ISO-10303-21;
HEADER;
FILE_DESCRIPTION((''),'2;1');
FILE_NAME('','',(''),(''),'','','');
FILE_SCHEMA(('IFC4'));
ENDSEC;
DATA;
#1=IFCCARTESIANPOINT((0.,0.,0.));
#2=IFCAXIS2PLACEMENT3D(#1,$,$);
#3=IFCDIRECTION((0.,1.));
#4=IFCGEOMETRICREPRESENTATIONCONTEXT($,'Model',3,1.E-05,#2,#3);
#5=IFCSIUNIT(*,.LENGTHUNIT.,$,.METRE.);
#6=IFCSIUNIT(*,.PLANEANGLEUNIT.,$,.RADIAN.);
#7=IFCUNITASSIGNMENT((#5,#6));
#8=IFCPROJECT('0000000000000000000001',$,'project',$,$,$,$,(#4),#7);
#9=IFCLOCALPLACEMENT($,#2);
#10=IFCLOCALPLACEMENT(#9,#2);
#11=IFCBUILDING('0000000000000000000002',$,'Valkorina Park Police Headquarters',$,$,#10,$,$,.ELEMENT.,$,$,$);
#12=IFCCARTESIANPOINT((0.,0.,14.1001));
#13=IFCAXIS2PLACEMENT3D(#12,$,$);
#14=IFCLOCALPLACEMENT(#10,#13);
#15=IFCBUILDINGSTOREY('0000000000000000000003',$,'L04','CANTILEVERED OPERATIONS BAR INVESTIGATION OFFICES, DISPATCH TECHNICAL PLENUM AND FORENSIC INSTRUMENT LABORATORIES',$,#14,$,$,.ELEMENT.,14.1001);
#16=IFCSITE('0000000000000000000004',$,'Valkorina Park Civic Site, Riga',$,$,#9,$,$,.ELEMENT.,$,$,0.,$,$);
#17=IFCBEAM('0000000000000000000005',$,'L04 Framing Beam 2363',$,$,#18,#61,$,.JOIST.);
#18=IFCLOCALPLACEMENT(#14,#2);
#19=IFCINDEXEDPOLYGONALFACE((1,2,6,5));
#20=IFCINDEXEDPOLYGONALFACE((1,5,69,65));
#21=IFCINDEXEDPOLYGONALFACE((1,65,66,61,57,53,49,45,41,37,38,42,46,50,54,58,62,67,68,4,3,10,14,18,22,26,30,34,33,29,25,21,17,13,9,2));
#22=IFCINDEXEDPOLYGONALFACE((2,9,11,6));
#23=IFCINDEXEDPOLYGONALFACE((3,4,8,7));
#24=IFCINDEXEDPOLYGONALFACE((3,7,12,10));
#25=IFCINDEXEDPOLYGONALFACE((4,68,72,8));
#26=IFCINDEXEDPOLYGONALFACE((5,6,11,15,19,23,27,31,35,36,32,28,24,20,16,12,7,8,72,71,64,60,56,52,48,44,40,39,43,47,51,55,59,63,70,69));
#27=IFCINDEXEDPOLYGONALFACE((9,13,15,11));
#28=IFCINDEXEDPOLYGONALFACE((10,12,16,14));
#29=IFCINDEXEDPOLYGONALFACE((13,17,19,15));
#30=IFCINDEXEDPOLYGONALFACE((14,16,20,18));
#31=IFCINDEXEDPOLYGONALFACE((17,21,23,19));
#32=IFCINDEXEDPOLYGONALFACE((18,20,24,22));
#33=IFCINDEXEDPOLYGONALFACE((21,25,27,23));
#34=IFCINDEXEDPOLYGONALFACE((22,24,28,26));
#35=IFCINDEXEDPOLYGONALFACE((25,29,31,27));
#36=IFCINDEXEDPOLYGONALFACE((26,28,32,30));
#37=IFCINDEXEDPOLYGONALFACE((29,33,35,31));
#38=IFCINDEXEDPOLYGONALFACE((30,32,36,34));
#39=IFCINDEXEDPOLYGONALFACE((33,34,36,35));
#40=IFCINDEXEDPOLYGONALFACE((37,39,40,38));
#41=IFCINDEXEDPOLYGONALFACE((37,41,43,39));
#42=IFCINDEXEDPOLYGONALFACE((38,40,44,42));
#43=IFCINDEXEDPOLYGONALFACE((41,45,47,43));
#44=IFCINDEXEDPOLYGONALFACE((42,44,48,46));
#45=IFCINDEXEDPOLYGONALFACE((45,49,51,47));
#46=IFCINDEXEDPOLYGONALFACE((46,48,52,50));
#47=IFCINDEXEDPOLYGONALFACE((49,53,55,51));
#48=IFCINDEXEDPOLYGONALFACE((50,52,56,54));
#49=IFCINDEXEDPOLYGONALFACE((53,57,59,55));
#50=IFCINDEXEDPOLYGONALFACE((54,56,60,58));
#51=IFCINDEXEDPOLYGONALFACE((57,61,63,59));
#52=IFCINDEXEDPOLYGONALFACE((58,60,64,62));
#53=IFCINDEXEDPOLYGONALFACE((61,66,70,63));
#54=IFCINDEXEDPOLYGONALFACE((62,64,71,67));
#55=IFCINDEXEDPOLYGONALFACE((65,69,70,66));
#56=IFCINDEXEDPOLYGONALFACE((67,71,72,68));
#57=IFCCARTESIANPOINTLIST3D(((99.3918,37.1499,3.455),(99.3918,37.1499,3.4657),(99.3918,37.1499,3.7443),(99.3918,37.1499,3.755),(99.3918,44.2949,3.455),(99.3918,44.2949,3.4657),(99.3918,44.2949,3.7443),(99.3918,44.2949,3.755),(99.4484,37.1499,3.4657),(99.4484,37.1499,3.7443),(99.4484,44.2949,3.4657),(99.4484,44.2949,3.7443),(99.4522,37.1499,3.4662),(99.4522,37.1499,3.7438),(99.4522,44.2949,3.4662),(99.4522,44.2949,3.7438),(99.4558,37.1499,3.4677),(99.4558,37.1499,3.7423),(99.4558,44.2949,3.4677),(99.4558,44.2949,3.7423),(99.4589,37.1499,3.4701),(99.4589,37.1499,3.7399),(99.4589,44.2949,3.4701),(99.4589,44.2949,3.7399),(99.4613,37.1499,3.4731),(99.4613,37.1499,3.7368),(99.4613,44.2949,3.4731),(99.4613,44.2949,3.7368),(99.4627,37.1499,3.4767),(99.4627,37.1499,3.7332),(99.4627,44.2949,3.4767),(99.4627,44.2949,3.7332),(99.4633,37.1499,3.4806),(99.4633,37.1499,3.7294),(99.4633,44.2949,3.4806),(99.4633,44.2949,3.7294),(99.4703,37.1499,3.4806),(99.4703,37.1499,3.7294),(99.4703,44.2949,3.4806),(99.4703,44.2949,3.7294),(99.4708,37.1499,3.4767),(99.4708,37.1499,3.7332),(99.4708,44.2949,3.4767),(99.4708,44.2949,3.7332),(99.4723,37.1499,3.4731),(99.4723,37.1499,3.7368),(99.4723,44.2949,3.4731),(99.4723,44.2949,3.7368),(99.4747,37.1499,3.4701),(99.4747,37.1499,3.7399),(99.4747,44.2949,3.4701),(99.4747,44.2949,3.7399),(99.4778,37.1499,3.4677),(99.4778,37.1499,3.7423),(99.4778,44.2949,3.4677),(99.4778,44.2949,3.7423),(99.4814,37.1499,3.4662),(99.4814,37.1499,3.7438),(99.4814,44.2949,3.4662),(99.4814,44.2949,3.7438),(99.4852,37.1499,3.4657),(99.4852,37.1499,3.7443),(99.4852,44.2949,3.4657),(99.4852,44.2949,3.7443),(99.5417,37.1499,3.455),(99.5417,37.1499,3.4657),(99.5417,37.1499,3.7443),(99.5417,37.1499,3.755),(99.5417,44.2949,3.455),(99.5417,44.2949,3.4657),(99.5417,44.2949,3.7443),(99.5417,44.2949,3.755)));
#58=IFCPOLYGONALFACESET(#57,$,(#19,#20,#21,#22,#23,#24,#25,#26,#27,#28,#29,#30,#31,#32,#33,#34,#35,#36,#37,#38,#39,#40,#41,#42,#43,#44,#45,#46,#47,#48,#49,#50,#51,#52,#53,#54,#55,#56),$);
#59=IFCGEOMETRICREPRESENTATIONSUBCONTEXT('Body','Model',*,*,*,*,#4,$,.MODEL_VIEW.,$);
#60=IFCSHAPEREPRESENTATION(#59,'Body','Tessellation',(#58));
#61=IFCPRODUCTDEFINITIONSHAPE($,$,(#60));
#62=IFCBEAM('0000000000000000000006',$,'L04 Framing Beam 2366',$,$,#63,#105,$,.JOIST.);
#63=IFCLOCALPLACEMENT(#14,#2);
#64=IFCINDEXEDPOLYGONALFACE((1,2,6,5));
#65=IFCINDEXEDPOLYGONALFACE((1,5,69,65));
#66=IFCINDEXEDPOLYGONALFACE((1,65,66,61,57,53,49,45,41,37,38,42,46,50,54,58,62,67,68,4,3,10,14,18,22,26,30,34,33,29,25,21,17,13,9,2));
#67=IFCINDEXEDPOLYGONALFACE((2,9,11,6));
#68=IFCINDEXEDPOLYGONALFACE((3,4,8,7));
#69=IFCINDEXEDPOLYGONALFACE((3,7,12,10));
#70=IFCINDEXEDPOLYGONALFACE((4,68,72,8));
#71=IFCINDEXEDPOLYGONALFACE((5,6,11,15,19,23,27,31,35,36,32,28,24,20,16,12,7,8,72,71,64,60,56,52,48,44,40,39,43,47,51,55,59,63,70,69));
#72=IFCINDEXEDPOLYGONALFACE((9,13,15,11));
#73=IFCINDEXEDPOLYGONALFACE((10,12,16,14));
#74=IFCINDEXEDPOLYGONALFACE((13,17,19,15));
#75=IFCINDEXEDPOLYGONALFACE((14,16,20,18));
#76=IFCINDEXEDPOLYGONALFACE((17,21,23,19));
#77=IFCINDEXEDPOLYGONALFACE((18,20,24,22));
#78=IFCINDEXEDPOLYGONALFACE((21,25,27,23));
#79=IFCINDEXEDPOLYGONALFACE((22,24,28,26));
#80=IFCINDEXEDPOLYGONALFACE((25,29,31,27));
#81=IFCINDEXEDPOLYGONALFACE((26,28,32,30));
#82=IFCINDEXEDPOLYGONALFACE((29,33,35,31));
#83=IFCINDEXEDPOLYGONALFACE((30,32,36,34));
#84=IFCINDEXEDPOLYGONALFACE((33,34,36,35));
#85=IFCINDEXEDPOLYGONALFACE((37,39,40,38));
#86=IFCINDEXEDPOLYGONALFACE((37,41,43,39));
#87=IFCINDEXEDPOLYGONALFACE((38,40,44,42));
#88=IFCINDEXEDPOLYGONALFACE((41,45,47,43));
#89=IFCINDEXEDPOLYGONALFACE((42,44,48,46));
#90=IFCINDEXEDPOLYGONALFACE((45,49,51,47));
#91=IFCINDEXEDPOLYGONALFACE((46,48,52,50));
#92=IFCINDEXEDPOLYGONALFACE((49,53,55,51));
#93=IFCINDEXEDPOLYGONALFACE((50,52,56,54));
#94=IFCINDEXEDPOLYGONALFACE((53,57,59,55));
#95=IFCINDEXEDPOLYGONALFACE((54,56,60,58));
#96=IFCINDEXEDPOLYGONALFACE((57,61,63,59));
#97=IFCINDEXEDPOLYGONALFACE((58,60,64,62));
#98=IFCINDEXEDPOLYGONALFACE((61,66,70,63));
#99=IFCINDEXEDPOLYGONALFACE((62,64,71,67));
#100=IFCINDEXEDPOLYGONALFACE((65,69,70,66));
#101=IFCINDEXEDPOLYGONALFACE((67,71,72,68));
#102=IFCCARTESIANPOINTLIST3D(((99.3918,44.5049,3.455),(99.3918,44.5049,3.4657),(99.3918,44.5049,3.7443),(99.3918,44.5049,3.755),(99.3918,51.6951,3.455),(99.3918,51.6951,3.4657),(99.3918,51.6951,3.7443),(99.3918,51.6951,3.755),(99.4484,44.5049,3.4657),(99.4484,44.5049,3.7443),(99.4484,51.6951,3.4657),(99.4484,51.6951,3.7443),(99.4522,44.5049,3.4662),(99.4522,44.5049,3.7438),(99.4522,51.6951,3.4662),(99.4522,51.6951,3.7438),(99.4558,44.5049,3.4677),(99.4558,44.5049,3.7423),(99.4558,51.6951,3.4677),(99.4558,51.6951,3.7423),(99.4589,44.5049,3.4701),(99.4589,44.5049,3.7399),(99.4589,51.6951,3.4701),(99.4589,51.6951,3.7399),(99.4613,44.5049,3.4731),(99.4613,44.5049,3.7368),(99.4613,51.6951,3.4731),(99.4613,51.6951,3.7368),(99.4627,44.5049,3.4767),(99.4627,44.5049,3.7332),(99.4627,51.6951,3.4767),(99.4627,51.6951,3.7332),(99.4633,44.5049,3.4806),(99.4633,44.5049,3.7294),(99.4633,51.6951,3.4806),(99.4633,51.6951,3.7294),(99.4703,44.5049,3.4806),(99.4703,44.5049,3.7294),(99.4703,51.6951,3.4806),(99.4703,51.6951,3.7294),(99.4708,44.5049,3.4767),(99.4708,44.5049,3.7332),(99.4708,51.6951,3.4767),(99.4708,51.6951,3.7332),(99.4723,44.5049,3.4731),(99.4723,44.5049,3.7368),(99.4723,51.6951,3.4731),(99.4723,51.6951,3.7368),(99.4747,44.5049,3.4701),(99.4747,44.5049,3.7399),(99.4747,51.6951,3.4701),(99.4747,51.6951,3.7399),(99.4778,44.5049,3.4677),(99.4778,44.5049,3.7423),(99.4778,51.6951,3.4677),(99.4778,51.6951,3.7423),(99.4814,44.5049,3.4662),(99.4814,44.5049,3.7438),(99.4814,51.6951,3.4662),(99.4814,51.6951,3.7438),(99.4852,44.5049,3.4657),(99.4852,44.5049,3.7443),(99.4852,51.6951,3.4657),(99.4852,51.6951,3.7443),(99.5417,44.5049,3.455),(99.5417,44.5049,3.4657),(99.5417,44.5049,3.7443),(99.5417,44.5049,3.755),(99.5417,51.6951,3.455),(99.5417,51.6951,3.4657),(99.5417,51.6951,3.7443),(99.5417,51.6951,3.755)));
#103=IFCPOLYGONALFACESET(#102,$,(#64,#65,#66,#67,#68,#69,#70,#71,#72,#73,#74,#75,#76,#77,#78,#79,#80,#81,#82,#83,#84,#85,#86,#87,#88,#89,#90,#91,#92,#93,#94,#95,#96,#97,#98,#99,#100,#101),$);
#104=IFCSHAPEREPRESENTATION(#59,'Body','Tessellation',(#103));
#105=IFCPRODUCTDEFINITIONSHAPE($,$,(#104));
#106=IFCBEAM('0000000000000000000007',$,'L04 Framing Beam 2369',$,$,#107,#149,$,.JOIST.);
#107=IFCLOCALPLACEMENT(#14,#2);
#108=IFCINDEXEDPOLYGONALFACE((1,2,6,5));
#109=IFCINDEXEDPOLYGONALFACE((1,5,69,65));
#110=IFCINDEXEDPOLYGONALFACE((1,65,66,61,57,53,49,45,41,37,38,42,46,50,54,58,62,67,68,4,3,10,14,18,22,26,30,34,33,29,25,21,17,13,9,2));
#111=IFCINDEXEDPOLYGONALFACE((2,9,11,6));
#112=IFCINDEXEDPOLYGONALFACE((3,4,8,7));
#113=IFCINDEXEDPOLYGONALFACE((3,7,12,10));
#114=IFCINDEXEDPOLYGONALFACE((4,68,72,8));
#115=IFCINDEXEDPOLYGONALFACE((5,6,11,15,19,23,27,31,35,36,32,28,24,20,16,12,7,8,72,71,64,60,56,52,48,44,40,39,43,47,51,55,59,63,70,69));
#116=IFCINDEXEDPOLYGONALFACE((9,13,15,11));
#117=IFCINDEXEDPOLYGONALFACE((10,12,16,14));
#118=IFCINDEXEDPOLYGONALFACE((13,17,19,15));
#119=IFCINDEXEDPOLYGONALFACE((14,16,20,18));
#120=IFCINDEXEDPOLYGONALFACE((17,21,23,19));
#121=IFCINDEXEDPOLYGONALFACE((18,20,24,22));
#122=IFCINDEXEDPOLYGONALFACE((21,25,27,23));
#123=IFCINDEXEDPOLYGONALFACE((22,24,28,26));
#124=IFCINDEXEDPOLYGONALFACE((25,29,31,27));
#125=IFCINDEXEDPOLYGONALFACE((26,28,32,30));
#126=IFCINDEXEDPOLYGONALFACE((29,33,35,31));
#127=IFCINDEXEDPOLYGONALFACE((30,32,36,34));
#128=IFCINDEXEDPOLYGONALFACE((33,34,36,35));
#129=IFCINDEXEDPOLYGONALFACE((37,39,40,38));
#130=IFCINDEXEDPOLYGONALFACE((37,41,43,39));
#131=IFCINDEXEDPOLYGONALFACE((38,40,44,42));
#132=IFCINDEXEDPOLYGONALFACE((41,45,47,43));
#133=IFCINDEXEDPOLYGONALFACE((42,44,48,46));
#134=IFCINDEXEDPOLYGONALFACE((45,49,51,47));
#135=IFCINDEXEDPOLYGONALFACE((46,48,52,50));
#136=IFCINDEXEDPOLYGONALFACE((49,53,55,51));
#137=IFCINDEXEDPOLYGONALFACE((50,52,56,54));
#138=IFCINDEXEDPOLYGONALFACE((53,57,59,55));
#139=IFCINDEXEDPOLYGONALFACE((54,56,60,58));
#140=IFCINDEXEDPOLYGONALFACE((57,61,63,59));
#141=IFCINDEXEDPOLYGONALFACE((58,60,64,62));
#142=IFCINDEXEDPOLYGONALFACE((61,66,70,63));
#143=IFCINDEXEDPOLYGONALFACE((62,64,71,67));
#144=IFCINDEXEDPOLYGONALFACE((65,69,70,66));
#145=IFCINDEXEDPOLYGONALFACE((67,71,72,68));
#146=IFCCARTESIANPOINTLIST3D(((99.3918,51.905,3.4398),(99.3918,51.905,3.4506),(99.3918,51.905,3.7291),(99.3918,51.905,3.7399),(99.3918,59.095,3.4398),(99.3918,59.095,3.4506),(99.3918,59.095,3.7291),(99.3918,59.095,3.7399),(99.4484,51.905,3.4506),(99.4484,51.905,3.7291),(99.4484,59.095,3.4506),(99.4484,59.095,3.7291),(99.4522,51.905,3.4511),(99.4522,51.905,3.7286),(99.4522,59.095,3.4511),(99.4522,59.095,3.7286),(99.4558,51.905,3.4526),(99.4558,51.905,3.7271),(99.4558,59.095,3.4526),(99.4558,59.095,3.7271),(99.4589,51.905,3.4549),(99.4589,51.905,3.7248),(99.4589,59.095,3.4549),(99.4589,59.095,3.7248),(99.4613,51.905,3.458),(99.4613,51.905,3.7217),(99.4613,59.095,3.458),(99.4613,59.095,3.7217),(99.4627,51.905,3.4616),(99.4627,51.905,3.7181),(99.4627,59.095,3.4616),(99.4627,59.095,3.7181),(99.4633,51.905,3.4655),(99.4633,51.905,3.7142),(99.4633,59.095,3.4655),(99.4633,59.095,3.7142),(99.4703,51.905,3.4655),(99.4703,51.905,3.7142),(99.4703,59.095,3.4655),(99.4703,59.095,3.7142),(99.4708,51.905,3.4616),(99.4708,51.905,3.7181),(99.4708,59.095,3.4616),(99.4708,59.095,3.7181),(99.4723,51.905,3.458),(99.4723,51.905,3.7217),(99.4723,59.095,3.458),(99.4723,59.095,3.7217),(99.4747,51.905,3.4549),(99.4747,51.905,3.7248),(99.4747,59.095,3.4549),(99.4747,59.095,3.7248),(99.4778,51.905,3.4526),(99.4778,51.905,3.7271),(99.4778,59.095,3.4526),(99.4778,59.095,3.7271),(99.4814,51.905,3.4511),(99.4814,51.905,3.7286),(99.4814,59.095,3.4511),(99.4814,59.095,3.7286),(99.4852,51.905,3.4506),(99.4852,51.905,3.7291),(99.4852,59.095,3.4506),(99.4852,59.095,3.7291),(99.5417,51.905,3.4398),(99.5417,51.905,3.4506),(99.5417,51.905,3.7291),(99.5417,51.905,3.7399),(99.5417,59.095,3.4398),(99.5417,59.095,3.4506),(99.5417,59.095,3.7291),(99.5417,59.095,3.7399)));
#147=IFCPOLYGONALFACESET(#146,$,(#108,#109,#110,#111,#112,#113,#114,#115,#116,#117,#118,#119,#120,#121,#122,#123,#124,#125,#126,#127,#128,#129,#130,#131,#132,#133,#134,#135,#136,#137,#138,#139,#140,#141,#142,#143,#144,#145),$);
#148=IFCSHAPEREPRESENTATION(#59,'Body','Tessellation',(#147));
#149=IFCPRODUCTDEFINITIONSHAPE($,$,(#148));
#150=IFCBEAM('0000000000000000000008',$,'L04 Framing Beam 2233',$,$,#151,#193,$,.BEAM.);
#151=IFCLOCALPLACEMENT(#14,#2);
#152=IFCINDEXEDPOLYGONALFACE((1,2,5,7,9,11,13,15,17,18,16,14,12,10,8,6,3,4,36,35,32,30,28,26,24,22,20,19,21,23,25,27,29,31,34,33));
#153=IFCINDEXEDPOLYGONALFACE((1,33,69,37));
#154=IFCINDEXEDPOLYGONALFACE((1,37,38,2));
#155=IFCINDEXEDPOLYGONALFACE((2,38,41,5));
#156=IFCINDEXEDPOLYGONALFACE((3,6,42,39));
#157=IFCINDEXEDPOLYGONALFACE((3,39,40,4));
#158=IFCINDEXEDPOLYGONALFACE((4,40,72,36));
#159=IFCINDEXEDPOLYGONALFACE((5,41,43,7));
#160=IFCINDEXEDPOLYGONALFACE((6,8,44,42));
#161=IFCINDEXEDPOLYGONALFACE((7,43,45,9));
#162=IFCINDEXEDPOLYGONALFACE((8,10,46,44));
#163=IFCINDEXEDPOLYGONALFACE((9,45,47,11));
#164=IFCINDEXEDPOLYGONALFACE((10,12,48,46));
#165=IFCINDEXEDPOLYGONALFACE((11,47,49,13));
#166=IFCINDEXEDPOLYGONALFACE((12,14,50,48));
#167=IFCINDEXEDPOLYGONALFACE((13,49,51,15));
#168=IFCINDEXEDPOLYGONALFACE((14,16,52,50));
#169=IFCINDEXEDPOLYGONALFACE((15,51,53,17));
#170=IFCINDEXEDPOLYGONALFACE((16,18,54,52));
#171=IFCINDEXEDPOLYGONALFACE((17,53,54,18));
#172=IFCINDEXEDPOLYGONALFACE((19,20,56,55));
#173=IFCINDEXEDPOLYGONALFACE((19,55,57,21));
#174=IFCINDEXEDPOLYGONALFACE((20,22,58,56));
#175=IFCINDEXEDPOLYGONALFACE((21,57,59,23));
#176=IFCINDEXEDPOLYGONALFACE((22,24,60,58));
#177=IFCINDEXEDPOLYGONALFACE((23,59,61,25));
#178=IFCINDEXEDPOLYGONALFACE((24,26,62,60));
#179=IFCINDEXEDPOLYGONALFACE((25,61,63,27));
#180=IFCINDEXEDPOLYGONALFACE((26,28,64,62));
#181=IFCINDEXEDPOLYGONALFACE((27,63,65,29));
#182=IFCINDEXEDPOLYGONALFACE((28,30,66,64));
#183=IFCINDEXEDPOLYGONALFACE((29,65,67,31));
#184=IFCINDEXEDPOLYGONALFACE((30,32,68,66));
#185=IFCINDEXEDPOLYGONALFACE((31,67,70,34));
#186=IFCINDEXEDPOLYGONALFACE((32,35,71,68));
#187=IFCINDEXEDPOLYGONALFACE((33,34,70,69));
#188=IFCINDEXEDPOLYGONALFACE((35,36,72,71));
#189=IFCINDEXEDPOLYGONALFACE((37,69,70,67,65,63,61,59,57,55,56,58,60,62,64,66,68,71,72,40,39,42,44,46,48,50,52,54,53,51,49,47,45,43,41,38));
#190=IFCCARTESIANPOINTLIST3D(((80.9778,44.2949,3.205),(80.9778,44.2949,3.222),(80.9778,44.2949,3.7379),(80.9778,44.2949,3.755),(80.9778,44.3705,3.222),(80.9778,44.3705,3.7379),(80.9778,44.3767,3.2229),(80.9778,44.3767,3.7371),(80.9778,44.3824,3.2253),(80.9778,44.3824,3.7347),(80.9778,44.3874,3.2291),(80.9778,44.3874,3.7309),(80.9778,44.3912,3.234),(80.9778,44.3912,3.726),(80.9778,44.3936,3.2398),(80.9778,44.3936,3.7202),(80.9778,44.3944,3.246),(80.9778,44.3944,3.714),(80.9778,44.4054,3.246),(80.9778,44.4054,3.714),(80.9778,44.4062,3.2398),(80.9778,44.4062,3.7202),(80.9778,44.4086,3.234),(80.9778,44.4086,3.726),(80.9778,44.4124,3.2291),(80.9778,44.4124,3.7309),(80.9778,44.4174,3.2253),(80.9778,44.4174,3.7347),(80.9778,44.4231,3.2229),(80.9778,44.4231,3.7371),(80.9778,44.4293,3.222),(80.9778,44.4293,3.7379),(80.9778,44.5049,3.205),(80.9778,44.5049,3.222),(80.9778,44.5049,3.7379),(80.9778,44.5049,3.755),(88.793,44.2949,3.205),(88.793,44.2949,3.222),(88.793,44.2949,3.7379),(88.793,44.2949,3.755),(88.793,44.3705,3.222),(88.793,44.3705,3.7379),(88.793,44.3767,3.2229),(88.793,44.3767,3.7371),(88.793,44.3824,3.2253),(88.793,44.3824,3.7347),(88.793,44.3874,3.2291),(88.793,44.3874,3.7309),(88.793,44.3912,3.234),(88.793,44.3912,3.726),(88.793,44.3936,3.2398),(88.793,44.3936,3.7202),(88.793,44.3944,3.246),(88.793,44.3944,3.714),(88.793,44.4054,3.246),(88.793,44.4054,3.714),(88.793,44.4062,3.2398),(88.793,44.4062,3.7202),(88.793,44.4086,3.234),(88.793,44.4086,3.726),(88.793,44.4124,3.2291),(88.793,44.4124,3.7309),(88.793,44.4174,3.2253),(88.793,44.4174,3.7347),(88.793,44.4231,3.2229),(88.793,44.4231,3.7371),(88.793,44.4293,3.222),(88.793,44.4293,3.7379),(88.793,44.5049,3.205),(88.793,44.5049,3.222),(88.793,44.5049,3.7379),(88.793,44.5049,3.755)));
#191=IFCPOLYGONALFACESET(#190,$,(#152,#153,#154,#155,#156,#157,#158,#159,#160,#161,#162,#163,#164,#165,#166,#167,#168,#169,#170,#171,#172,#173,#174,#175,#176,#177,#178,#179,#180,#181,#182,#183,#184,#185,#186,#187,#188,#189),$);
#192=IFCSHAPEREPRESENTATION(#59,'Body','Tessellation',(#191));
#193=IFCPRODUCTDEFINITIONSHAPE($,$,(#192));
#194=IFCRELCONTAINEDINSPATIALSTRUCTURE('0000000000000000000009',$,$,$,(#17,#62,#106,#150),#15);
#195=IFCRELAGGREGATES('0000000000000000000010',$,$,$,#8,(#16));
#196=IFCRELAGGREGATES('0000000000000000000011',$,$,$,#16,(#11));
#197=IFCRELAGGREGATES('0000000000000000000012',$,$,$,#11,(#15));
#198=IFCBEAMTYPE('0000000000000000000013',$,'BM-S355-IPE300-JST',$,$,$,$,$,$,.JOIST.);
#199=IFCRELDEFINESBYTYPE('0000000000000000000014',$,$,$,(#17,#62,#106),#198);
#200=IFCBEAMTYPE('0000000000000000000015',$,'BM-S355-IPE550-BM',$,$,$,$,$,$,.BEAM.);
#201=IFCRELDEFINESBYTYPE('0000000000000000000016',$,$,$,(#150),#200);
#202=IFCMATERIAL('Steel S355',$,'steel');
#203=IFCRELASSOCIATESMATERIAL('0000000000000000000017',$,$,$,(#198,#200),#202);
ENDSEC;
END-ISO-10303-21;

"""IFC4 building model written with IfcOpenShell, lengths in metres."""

from ifc_helpers import new_model, si_unit, direction, frame, origin, origin_2d, place, context, subcontext, project, spatial, i_section, extrude, material, material_profile, profile_set, type_object, element, save


model = new_model("IFC4")

# Units and contexts
model_context = context("Model", 3, precision=1e-05, world=origin(), true_north=direction((0.0, 1.0)))
body_context = subcontext(model_context, "Body", "Model", "MODEL_VIEW")
ifc_project = project(units=[si_unit("LENGTHUNIT", "METRE"), si_unit("PLANEANGLEUNIT", "RADIAN")], contexts=[model_context])

# Site, building, storey
site_placement = place(None, origin())
site = spatial("IfcSite", under=ifc_project, at=site_placement, Name="Valkorina Park Civic Site, Riga", CompositionType="ELEMENT", RefElevation=0.0)
building_placement = place(site_placement, origin())
building = spatial("IfcBuilding", under=site, at=building_placement, Name="Valkorina Park Police Headquarters", CompositionType="ELEMENT")
storey_placement = place(building_placement, frame((0.0, 0.0, 14.1001)))
storey = spatial("IfcBuildingStorey", under=building, at=storey_placement, Name="L04", Description="CANTILEVERED OPERATIONS BAR INVESTIGATION OFFICES, DISPATCH TECHNICAL PLENUM AND FORENSIC INSTRUMENT LABORATORIES", CompositionType="ELEMENT", Elevation=14.1001)

# Shared definitions
ifc_material_1 = material(Name="Steel S355", Category="steel")

# Beams
ifc_material_profile_1 = material_profile(ifc_material_1, i_section(OverallWidth=0.1499, OverallDepth=0.3, WebThickness=0.0071, FlangeThickness=0.0107, FilletRadius=0.0149, at=origin_2d()), Name="IPE 300")
ifc_profile_set_1 = profile_set([ifc_material_profile_1], Name="Steel S355")
beam_type_1 = type_object("IfcBeamType", Name="BM-S355-IPE300-JST", PredefinedType="JOIST", material=ifc_profile_set_1)
beam_1_placement = place(storey_placement, frame((99.4668, 37.1499, 3.605), z_axis=(0.0, 1.0, 0.0), x_axis=(-1.0, 0.0, 0.0)))
element("IfcBeam", 1, at=beam_1_placement, inside=storey, type_object=beam_type_1, Name="L04 Framing Beam 2363", PredefinedType="JOIST", context=body_context, shape_type="SweptSolid", body=[
    extrude(i_section(OverallWidth=0.1499, OverallDepth=0.3, WebThickness=0.0071, FlangeThickness=0.0107, FilletRadius=0.0149, at=origin_2d()), origin(), (0.0, 0.0, 1.0), 7.145),
])
beam_2_placement = place(storey_placement, frame((99.4668, 44.5049, 3.605), z_axis=(0.0, 1.0, 0.0), x_axis=(-1.0, 0.0, 0.0)))
element("IfcBeam", 2, at=beam_2_placement, inside=storey, type_object=beam_type_1, Name="L04 Framing Beam 2366", PredefinedType="JOIST", context=body_context, shape_type="SweptSolid", body=[
    extrude(i_section(OverallWidth=0.1499, OverallDepth=0.3, WebThickness=0.0071, FlangeThickness=0.0107, FilletRadius=0.0149, at=origin_2d()), origin(), (0.0, 0.0, 1.0), 7.1902),
])
beam_3_placement = place(storey_placement, frame((99.4668, 51.905, 3.5898), z_axis=(0.0, 1.0, 0.0), x_axis=(-1.0, 0.0, 0.0)))
element("IfcBeam", 3, at=beam_3_placement, inside=storey, type_object=beam_type_1, Name="L04 Framing Beam 2369", PredefinedType="JOIST", context=body_context, shape_type="SweptSolid", body=[
    extrude(i_section(OverallWidth=0.1499, OverallDepth=0.3, WebThickness=0.0071, FlangeThickness=0.0107, FilletRadius=0.0149, at=origin_2d()), origin(), (0.0, 0.0, 1.0), 7.1899),
])
ifc_material_profile_2 = material_profile(ifc_material_1, i_section(OverallWidth=0.21, OverallDepth=0.55, WebThickness=0.011, FlangeThickness=0.0171, FilletRadius=0.0239, at=origin_2d()), Name="IPE 550")
ifc_profile_set_2 = profile_set([ifc_material_profile_2], Name="Steel S355")
beam_type_2 = type_object("IfcBeamType", Name="BM-S355-IPE550-BM", PredefinedType="BEAM", material=ifc_profile_set_2)
beam_4_placement = place(storey_placement, frame((80.9778, 44.3999, 3.48), z_axis=(1.0, 0.0, 0.0), x_axis=(0.0, 1.0, 0.0)))
element("IfcBeam", 4, at=beam_4_placement, inside=storey, type_object=beam_type_2, Name="L04 Framing Beam 2233", PredefinedType="BEAM", context=body_context, shape_type="SweptSolid", body=[
    extrude(i_section(OverallWidth=0.21, OverallDepth=0.55, WebThickness=0.011, FlangeThickness=0.0171, FilletRadius=0.0239, at=origin_2d()), origin(), (0.0, 0.0, 1.0), 7.8152),
])

save(model, "model.ifc")
